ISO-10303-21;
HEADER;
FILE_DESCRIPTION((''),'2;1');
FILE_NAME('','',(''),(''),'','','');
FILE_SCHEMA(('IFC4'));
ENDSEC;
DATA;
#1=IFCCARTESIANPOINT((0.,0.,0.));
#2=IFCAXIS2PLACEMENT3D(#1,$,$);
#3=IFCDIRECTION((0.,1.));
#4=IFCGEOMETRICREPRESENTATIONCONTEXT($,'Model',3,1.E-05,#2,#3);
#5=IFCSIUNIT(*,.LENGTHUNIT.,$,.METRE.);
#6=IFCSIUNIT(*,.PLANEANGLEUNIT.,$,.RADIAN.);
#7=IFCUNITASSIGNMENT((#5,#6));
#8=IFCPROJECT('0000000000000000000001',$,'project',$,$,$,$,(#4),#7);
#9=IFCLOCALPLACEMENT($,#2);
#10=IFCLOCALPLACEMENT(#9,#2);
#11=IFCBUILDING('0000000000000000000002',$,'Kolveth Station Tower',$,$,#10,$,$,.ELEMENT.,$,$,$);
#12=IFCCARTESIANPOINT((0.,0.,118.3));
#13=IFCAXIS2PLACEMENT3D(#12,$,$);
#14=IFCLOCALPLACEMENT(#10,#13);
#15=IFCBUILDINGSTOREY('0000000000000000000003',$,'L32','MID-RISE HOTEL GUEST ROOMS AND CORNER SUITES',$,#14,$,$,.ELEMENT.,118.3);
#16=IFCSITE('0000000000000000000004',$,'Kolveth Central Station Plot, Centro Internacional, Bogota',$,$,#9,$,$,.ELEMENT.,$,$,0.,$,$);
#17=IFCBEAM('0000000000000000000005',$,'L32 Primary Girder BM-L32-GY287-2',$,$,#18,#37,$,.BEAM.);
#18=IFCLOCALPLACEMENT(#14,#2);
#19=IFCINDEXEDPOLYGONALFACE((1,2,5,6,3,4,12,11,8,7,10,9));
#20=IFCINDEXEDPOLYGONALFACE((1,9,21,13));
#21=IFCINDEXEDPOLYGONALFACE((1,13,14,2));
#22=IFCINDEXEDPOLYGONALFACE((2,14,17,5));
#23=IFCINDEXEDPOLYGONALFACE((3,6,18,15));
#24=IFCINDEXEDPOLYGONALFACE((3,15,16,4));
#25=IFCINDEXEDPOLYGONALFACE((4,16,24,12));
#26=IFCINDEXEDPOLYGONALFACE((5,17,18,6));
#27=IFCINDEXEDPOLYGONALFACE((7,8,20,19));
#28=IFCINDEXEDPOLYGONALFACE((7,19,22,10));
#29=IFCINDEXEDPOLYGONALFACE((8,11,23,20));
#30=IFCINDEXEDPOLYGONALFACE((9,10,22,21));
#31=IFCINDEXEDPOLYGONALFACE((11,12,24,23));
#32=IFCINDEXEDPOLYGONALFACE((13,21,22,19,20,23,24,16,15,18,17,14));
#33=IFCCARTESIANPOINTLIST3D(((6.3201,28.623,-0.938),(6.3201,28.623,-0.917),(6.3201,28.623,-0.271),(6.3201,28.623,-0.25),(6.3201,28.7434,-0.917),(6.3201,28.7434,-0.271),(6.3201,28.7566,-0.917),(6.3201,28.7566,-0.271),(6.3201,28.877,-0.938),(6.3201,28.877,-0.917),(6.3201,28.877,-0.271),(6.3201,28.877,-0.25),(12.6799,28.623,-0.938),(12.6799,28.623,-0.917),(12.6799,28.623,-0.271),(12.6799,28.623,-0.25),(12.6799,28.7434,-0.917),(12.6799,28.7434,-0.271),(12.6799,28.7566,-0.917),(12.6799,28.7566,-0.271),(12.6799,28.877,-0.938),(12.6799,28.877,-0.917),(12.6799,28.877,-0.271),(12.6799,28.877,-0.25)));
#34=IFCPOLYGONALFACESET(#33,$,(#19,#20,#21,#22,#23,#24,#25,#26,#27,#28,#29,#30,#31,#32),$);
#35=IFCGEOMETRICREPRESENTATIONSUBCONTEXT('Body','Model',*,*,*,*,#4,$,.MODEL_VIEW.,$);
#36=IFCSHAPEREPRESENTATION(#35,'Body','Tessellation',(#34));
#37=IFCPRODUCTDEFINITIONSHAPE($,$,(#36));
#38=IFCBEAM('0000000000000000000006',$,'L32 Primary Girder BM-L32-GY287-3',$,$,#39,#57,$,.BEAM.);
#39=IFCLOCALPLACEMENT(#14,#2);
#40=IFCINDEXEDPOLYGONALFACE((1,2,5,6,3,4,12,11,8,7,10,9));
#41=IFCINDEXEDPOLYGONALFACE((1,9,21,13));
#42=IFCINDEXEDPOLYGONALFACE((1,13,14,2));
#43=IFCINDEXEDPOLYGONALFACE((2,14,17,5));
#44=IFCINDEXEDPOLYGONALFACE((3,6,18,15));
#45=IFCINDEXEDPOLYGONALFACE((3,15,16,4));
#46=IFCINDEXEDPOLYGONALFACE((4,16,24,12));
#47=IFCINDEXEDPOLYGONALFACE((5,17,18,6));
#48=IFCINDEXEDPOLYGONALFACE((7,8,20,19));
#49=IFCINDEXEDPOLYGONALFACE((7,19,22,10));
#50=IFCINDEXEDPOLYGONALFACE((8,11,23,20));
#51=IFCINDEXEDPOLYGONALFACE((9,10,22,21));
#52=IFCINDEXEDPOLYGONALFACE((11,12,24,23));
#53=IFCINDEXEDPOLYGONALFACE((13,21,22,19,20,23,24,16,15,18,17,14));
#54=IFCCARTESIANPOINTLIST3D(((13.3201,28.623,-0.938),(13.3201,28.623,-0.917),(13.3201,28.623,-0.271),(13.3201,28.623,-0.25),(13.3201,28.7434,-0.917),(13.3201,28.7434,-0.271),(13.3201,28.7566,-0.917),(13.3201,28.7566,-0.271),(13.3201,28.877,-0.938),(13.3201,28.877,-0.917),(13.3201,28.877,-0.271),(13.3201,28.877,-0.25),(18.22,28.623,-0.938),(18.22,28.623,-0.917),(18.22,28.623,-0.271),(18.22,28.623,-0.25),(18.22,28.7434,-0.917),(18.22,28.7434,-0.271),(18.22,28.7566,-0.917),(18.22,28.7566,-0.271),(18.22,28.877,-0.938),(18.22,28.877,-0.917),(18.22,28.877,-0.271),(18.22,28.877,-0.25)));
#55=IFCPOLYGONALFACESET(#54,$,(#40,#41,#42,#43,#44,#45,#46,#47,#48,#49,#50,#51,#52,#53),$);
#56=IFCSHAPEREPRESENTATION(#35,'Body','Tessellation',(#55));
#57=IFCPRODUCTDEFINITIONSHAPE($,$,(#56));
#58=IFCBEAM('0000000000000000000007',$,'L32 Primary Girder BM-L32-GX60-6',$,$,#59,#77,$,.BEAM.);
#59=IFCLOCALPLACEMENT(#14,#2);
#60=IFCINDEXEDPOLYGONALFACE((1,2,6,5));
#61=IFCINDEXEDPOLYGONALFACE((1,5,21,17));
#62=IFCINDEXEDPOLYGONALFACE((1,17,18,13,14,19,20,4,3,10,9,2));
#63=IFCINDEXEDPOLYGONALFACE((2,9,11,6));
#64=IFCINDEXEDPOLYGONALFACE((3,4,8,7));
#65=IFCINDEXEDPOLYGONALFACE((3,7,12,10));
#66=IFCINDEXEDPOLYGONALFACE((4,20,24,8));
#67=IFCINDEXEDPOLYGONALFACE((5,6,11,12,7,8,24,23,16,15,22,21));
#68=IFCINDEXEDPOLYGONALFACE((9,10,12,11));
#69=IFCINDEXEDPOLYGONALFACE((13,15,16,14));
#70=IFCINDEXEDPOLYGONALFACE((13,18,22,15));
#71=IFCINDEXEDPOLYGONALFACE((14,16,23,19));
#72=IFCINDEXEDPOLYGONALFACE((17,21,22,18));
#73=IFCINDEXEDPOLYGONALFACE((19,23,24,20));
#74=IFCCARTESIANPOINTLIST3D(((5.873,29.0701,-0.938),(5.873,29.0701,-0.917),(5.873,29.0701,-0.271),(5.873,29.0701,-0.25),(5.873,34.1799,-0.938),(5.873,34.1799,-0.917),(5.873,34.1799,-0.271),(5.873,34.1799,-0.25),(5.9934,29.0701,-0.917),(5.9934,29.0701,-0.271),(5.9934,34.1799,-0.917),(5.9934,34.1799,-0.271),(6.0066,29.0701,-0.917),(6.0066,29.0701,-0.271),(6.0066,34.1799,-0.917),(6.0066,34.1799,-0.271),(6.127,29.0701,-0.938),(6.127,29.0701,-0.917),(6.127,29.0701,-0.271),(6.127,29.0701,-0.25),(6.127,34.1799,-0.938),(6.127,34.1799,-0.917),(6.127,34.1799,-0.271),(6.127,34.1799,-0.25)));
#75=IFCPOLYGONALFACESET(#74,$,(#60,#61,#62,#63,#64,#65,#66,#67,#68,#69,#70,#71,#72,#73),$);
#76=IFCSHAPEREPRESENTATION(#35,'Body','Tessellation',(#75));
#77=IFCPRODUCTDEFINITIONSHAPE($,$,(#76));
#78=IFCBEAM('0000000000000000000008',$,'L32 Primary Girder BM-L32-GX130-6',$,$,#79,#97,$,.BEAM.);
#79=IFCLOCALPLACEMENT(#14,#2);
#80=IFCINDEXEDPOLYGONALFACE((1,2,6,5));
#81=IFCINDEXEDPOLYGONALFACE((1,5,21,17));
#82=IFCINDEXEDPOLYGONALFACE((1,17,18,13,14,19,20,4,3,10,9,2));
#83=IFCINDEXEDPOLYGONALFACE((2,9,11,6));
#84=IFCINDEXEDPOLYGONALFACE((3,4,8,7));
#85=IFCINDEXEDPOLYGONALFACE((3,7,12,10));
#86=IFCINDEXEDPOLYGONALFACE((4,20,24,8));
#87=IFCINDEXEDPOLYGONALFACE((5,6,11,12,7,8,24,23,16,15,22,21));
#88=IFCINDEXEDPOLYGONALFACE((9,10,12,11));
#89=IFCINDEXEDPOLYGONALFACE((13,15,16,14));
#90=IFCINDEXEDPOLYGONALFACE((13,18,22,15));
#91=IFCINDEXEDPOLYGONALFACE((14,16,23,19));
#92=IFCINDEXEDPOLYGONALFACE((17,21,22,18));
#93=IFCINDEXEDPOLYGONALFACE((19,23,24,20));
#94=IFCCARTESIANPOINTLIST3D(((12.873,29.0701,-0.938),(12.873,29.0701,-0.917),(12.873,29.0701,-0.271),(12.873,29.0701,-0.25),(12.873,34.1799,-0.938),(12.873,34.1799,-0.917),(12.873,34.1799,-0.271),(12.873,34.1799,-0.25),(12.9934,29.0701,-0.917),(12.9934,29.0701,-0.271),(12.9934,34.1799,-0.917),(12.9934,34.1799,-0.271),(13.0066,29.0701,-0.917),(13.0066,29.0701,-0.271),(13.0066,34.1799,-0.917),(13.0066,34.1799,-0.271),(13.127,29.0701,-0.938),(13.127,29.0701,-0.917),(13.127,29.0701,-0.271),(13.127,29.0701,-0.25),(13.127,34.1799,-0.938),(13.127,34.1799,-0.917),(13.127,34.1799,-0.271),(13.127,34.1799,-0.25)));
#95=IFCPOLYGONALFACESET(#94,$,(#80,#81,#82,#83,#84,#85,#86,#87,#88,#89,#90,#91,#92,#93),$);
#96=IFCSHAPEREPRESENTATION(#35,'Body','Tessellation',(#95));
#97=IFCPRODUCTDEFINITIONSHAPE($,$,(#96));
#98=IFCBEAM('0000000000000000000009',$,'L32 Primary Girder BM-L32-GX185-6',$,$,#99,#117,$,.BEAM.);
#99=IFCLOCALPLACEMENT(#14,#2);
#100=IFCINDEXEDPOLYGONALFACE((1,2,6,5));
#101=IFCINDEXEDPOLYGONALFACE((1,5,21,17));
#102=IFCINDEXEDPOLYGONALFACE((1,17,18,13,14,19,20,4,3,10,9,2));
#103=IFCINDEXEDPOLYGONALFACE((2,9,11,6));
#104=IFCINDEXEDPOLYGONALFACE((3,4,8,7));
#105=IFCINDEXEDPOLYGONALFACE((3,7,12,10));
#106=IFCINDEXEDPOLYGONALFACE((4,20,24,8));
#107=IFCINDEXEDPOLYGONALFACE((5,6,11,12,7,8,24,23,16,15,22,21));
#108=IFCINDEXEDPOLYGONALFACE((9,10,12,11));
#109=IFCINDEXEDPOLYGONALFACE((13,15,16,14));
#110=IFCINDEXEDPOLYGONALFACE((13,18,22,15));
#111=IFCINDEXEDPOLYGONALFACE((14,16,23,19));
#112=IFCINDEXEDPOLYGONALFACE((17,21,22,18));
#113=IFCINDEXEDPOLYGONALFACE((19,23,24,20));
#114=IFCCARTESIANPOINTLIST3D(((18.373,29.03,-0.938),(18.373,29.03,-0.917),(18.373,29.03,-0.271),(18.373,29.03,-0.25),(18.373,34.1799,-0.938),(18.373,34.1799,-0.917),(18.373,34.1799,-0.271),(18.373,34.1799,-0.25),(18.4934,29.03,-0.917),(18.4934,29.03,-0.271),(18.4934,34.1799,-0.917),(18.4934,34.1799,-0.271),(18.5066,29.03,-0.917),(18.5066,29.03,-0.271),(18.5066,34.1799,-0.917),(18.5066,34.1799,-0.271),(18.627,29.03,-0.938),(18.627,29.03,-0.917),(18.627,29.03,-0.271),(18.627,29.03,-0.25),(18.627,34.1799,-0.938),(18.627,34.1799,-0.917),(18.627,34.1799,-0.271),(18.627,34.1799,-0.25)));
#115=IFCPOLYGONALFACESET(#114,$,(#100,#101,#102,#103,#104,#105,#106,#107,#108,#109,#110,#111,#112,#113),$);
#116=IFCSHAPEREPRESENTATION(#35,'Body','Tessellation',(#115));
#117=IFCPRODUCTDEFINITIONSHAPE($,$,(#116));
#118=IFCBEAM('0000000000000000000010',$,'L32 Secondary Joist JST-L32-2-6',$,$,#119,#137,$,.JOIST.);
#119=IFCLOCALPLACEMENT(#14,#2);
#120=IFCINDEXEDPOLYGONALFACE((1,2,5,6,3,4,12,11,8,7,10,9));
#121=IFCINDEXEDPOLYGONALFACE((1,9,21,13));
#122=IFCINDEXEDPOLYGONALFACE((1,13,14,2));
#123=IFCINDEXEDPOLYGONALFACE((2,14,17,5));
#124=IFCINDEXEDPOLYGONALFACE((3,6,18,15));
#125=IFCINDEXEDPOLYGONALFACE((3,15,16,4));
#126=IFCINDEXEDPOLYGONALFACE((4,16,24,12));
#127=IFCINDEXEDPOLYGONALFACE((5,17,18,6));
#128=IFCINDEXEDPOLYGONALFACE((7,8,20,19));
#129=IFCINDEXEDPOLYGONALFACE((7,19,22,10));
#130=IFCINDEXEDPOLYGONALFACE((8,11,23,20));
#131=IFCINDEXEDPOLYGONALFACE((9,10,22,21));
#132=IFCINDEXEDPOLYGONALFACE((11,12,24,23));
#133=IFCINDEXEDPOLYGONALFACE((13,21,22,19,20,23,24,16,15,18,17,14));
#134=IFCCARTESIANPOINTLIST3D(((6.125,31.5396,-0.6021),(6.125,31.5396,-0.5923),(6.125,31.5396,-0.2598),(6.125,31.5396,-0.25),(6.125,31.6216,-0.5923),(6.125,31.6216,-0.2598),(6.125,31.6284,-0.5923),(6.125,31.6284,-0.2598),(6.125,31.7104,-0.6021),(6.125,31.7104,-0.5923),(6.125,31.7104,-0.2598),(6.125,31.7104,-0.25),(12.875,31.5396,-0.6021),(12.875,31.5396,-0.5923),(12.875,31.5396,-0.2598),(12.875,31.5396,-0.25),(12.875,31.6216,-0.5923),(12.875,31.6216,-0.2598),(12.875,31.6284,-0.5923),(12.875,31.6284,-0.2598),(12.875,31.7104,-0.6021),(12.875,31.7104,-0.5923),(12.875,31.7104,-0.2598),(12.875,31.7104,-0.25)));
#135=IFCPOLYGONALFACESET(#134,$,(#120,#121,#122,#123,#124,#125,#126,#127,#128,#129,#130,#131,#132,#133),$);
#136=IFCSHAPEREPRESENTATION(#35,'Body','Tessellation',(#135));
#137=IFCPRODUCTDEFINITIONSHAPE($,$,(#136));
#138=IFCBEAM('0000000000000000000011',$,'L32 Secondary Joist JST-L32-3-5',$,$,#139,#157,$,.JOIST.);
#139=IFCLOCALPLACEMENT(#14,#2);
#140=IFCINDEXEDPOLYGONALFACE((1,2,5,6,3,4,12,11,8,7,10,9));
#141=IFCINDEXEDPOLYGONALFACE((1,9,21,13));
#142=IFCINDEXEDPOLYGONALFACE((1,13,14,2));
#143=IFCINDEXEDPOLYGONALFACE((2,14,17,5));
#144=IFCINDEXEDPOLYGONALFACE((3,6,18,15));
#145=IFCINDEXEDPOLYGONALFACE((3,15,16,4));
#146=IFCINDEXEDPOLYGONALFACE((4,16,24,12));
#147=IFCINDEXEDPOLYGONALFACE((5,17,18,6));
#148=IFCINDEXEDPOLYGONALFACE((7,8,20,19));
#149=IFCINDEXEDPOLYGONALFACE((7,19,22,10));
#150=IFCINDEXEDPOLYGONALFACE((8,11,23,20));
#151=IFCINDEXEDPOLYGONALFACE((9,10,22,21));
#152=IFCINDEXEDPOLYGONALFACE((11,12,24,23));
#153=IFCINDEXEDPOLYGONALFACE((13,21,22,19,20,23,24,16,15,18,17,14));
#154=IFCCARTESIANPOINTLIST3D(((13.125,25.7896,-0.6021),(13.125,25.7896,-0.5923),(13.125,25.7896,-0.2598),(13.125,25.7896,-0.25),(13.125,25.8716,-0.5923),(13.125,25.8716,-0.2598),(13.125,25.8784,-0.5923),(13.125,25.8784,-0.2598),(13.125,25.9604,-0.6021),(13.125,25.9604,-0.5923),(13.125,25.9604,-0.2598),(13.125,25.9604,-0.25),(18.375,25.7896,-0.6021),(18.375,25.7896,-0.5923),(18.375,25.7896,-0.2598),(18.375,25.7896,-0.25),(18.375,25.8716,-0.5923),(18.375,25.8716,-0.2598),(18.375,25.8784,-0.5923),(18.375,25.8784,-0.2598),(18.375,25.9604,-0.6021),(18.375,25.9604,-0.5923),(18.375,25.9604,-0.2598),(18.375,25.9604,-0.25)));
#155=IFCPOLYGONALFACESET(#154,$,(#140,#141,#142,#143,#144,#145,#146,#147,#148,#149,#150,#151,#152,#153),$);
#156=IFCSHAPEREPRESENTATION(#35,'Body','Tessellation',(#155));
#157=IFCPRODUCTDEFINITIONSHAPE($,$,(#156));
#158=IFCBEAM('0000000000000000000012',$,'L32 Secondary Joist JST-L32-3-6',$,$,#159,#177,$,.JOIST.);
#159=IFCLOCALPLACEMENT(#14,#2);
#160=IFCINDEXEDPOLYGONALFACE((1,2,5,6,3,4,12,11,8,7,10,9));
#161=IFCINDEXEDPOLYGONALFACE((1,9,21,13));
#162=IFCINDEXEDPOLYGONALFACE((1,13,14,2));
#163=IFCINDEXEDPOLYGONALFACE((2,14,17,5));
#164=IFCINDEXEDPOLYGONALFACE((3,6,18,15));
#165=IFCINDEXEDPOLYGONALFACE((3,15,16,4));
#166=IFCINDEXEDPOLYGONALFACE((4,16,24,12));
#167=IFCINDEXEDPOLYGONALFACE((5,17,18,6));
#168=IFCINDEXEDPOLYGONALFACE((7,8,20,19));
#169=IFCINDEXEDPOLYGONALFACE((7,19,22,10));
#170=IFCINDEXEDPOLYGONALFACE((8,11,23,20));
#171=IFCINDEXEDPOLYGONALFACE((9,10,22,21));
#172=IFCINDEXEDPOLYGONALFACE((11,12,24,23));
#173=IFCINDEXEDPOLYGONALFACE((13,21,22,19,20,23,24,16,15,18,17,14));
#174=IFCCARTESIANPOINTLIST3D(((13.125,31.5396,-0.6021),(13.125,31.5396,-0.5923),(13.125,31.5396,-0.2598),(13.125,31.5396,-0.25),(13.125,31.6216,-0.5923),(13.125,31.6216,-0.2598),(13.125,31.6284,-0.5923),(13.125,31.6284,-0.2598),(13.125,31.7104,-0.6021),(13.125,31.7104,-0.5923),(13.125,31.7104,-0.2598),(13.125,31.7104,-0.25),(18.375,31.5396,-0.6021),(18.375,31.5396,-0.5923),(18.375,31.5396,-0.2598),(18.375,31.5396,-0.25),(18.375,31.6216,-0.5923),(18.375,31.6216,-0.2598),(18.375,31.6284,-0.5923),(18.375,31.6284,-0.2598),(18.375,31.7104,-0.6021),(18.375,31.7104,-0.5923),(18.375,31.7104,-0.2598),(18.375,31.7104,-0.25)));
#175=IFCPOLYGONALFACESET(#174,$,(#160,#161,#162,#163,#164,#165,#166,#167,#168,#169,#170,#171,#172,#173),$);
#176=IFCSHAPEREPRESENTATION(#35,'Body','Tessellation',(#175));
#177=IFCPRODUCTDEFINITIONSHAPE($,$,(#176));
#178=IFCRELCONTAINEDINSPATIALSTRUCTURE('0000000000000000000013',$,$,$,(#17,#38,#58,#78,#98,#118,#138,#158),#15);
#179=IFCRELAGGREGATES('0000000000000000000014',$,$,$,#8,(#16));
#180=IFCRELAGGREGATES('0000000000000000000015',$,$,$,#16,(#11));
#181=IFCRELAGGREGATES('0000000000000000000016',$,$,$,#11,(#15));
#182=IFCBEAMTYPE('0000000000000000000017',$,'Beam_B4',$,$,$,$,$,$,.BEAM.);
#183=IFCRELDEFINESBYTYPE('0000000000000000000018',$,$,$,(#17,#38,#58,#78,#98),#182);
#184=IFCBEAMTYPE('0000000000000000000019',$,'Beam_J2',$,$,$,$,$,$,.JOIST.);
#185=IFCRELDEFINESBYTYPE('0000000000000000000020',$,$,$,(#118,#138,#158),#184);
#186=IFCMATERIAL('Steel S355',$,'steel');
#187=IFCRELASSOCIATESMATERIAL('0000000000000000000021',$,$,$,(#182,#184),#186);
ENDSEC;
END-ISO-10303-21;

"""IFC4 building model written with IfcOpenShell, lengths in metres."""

from ifc_helpers import new_model, si_unit, direction, frame, origin, origin_2d, place, context, subcontext, project, spatial, i_section, extrude, source, transform, mapped, material, material_profile, profile_set, type_object, element, save


model = new_model("IFC4")

# Units and contexts
model_context = context("Model", 3, precision=1e-05, world=origin(), true_north=direction((0.0, 1.0)))
body_context = subcontext(model_context, "Body", "Model", "MODEL_VIEW")
ifc_project = project(units=[si_unit("LENGTHUNIT", "METRE"), si_unit("PLANEANGLEUNIT", "RADIAN")], contexts=[model_context])

# Site, building, storey
site_placement = place(None, origin())
site = spatial("IfcSite", under=ifc_project, at=site_placement, Name="Kolveth Central Station Plot, Centro Internacional, Bogota", CompositionType="ELEMENT", RefElevation=0.0)
building_placement = place(site_placement, origin())
building = spatial("IfcBuilding", under=site, at=building_placement, Name="Kolveth Station Tower", CompositionType="ELEMENT")
storey_placement = place(building_placement, frame((0.0, 0.0, 118.3)))
storey = spatial("IfcBuildingStorey", under=building, at=storey_placement, Name="L32", Description="MID-RISE HOTEL GUEST ROOMS AND CORNER SUITES", CompositionType="ELEMENT", Elevation=118.3)

# Shared definitions
ifc_material_1 = material(Name="Steel S355", Category="steel")

# Beams
ifc_material_profile_1 = material_profile(ifc_material_1, i_section(OverallWidth=0.2539, OverallDepth=0.688, WebThickness=0.0132, FlangeThickness=0.021, at=origin_2d()), Name="W690x152")
ifc_profile_set_1 = profile_set([ifc_material_profile_1], Name="Steel S355")
beam_type_1 = type_object("IfcBeamType", Name="Beam_B4", PredefinedType="BEAM", material=ifc_profile_set_1)
shared_shape_1 = source(origin(), body_context, "Body", "SweptSolid", [
    extrude(i_section(OverallWidth=0.2539, OverallDepth=0.688, WebThickness=0.0132, FlangeThickness=0.021, at=origin_2d()), origin(), (0.0, 0.0, 1.0), 6.3599),
])
beam_1_placement = place(storey_placement, frame((6.3201, 28.75, -0.594), z_axis=(1.0, 0.0, 0.0), x_axis=(0.0, 1.0, 0.0)))
element("IfcBeam", 1, at=beam_1_placement, inside=storey, type_object=beam_type_1, Name="L32 Primary Girder BM-L32-GY287-2", PredefinedType="BEAM", context=body_context, shape_type="MappedRepresentation", body=[
    mapped(shared_shape_1, transform((0.0, 0.0, 0.0), x_axis=(1.0, 0.0, 0.0), y_axis=(0.0, 1.0, 0.0), z_axis=(0.0, 0.0, 1.0), scale=1.0)),
])
shared_shape_2 = source(origin(), body_context, "Body", "SweptSolid", [
    extrude(i_section(OverallWidth=0.2539, OverallDepth=0.688, WebThickness=0.0132, FlangeThickness=0.021, at=origin_2d()), origin(), (0.0, 0.0, 1.0), 4.8999),
])
beam_2_placement = place(storey_placement, frame((13.3201, 28.75, -0.594), z_axis=(1.0, 0.0, 0.0), x_axis=(0.0, 1.0, 0.0)))
element("IfcBeam", 2, at=beam_2_placement, inside=storey, type_object=beam_type_1, Name="L32 Primary Girder BM-L32-GY287-3", PredefinedType="BEAM", context=body_context, shape_type="MappedRepresentation", body=[
    mapped(shared_shape_2, transform((0.0, 0.0, 0.0), x_axis=(1.0, 0.0, 0.0), y_axis=(0.0, 1.0, 0.0), z_axis=(0.0, 0.0, 1.0), scale=1.0)),
])
shared_shape_3 = source(origin(), body_context, "Body", "SweptSolid", [
    extrude(i_section(OverallWidth=0.2539, OverallDepth=0.688, WebThickness=0.0132, FlangeThickness=0.021, at=origin_2d()), origin(), (0.0, 0.0, 1.0), 5.1099),
])
for number, where, z_axis, x_axis, name in (
    (3, (6.0, 29.0701, -0.594), (0.0, 1.0, 0.0), (-1.0, 0.0, 0.0), "L32 Primary Girder BM-L32-GX60-6"),
    (4, (13.0, 29.0701, -0.594), (0.0, 1.0, 0.0), (-1.0, 0.0, 0.0), "L32 Primary Girder BM-L32-GX130-6"),
):
    element("IfcBeam", number, at=place(storey_placement, frame(where, z_axis=z_axis, x_axis=x_axis)), inside=storey, type_object=beam_type_1, Name=name, PredefinedType="BEAM", context=body_context, shape_type="MappedRepresentation", body=[
        mapped(shared_shape_3, transform((0.0, 0.0, 0.0), x_axis=(1.0, 0.0, 0.0), y_axis=(0.0, 1.0, 0.0), z_axis=(0.0, 0.0, 1.0), scale=1.0)),
    ])
shared_shape_4 = source(origin(), body_context, "Body", "SweptSolid", [
    extrude(i_section(OverallWidth=0.2539, OverallDepth=0.688, WebThickness=0.0132, FlangeThickness=0.021, at=origin_2d()), origin(), (0.0, 0.0, 1.0), 5.1499),
])
beam_3_placement = place(storey_placement, frame((18.5, 29.03, -0.594), z_axis=(0.0, 1.0, 0.0), x_axis=(-1.0, 0.0, 0.0)))
element("IfcBeam", 5, at=beam_3_placement, inside=storey, type_object=beam_type_1, Name="L32 Primary Girder BM-L32-GX185-6", PredefinedType="BEAM", context=body_context, shape_type="MappedRepresentation", body=[
    mapped(shared_shape_4, transform((0.0, 0.0, 0.0), x_axis=(1.0, 0.0, 0.0), y_axis=(0.0, 1.0, 0.0), z_axis=(0.0, 0.0, 1.0), scale=1.0)),
])
ifc_material_profile_2 = material_profile(ifc_material_1, i_section(OverallWidth=0.1709, OverallDepth=0.3521, WebThickness=0.0068, FlangeThickness=0.0098, at=origin_2d()), Name="W360x44")
ifc_profile_set_2 = profile_set([ifc_material_profile_2], Name="Steel S355")
beam_type_2 = type_object("IfcBeamType", Name="Beam_J2", PredefinedType="JOIST", material=ifc_profile_set_2)
shared_shape_5 = source(origin(), body_context, "Body", "SweptSolid", [
    extrude(i_section(OverallWidth=0.1709, OverallDepth=0.3521, WebThickness=0.0068, FlangeThickness=0.0098, at=origin_2d()), origin(), (0.0, 0.0, 1.0), 6.75),
])
beam_4_placement = place(storey_placement, frame((6.125, 31.625, -0.426), z_axis=(1.0, 0.0, 0.0), x_axis=(0.0, 1.0, 0.0)))
element("IfcBeam", 6, at=beam_4_placement, inside=storey, type_object=beam_type_2, Name="L32 Secondary Joist JST-L32-2-6", PredefinedType="JOIST", context=body_context, shape_type="MappedRepresentation", body=[
    mapped(shared_shape_5, transform((0.0, 0.0, 0.0), x_axis=(1.0, 0.0, 0.0), y_axis=(0.0, 1.0, 0.0), z_axis=(0.0, 0.0, 1.0), scale=1.0)),
])
shared_shape_6 = source(origin(), body_context, "Body", "SweptSolid", [
    extrude(i_section(OverallWidth=0.1709, OverallDepth=0.3521, WebThickness=0.0068, FlangeThickness=0.0098, at=origin_2d()), origin(), (0.0, 0.0, 1.0), 5.25),
])
for number, where, z_axis, x_axis, name in (
    (7, (13.125, 25.875, -0.426), (1.0, 0.0, 0.0), (0.0, 1.0, 0.0), "L32 Secondary Joist JST-L32-3-5"),
    (8, (13.125, 31.625, -0.426), (1.0, 0.0, 0.0), (0.0, 1.0, 0.0), "L32 Secondary Joist JST-L32-3-6"),
):
    element("IfcBeam", number, at=place(storey_placement, frame(where, z_axis=z_axis, x_axis=x_axis)), inside=storey, type_object=beam_type_2, Name=name, PredefinedType="JOIST", context=body_context, shape_type="MappedRepresentation", body=[
        mapped(shared_shape_6, transform((0.0, 0.0, 0.0), x_axis=(1.0, 0.0, 0.0), y_axis=(0.0, 1.0, 0.0), z_axis=(0.0, 0.0, 1.0), scale=1.0)),
    ])

save(model, "model.ifc")
